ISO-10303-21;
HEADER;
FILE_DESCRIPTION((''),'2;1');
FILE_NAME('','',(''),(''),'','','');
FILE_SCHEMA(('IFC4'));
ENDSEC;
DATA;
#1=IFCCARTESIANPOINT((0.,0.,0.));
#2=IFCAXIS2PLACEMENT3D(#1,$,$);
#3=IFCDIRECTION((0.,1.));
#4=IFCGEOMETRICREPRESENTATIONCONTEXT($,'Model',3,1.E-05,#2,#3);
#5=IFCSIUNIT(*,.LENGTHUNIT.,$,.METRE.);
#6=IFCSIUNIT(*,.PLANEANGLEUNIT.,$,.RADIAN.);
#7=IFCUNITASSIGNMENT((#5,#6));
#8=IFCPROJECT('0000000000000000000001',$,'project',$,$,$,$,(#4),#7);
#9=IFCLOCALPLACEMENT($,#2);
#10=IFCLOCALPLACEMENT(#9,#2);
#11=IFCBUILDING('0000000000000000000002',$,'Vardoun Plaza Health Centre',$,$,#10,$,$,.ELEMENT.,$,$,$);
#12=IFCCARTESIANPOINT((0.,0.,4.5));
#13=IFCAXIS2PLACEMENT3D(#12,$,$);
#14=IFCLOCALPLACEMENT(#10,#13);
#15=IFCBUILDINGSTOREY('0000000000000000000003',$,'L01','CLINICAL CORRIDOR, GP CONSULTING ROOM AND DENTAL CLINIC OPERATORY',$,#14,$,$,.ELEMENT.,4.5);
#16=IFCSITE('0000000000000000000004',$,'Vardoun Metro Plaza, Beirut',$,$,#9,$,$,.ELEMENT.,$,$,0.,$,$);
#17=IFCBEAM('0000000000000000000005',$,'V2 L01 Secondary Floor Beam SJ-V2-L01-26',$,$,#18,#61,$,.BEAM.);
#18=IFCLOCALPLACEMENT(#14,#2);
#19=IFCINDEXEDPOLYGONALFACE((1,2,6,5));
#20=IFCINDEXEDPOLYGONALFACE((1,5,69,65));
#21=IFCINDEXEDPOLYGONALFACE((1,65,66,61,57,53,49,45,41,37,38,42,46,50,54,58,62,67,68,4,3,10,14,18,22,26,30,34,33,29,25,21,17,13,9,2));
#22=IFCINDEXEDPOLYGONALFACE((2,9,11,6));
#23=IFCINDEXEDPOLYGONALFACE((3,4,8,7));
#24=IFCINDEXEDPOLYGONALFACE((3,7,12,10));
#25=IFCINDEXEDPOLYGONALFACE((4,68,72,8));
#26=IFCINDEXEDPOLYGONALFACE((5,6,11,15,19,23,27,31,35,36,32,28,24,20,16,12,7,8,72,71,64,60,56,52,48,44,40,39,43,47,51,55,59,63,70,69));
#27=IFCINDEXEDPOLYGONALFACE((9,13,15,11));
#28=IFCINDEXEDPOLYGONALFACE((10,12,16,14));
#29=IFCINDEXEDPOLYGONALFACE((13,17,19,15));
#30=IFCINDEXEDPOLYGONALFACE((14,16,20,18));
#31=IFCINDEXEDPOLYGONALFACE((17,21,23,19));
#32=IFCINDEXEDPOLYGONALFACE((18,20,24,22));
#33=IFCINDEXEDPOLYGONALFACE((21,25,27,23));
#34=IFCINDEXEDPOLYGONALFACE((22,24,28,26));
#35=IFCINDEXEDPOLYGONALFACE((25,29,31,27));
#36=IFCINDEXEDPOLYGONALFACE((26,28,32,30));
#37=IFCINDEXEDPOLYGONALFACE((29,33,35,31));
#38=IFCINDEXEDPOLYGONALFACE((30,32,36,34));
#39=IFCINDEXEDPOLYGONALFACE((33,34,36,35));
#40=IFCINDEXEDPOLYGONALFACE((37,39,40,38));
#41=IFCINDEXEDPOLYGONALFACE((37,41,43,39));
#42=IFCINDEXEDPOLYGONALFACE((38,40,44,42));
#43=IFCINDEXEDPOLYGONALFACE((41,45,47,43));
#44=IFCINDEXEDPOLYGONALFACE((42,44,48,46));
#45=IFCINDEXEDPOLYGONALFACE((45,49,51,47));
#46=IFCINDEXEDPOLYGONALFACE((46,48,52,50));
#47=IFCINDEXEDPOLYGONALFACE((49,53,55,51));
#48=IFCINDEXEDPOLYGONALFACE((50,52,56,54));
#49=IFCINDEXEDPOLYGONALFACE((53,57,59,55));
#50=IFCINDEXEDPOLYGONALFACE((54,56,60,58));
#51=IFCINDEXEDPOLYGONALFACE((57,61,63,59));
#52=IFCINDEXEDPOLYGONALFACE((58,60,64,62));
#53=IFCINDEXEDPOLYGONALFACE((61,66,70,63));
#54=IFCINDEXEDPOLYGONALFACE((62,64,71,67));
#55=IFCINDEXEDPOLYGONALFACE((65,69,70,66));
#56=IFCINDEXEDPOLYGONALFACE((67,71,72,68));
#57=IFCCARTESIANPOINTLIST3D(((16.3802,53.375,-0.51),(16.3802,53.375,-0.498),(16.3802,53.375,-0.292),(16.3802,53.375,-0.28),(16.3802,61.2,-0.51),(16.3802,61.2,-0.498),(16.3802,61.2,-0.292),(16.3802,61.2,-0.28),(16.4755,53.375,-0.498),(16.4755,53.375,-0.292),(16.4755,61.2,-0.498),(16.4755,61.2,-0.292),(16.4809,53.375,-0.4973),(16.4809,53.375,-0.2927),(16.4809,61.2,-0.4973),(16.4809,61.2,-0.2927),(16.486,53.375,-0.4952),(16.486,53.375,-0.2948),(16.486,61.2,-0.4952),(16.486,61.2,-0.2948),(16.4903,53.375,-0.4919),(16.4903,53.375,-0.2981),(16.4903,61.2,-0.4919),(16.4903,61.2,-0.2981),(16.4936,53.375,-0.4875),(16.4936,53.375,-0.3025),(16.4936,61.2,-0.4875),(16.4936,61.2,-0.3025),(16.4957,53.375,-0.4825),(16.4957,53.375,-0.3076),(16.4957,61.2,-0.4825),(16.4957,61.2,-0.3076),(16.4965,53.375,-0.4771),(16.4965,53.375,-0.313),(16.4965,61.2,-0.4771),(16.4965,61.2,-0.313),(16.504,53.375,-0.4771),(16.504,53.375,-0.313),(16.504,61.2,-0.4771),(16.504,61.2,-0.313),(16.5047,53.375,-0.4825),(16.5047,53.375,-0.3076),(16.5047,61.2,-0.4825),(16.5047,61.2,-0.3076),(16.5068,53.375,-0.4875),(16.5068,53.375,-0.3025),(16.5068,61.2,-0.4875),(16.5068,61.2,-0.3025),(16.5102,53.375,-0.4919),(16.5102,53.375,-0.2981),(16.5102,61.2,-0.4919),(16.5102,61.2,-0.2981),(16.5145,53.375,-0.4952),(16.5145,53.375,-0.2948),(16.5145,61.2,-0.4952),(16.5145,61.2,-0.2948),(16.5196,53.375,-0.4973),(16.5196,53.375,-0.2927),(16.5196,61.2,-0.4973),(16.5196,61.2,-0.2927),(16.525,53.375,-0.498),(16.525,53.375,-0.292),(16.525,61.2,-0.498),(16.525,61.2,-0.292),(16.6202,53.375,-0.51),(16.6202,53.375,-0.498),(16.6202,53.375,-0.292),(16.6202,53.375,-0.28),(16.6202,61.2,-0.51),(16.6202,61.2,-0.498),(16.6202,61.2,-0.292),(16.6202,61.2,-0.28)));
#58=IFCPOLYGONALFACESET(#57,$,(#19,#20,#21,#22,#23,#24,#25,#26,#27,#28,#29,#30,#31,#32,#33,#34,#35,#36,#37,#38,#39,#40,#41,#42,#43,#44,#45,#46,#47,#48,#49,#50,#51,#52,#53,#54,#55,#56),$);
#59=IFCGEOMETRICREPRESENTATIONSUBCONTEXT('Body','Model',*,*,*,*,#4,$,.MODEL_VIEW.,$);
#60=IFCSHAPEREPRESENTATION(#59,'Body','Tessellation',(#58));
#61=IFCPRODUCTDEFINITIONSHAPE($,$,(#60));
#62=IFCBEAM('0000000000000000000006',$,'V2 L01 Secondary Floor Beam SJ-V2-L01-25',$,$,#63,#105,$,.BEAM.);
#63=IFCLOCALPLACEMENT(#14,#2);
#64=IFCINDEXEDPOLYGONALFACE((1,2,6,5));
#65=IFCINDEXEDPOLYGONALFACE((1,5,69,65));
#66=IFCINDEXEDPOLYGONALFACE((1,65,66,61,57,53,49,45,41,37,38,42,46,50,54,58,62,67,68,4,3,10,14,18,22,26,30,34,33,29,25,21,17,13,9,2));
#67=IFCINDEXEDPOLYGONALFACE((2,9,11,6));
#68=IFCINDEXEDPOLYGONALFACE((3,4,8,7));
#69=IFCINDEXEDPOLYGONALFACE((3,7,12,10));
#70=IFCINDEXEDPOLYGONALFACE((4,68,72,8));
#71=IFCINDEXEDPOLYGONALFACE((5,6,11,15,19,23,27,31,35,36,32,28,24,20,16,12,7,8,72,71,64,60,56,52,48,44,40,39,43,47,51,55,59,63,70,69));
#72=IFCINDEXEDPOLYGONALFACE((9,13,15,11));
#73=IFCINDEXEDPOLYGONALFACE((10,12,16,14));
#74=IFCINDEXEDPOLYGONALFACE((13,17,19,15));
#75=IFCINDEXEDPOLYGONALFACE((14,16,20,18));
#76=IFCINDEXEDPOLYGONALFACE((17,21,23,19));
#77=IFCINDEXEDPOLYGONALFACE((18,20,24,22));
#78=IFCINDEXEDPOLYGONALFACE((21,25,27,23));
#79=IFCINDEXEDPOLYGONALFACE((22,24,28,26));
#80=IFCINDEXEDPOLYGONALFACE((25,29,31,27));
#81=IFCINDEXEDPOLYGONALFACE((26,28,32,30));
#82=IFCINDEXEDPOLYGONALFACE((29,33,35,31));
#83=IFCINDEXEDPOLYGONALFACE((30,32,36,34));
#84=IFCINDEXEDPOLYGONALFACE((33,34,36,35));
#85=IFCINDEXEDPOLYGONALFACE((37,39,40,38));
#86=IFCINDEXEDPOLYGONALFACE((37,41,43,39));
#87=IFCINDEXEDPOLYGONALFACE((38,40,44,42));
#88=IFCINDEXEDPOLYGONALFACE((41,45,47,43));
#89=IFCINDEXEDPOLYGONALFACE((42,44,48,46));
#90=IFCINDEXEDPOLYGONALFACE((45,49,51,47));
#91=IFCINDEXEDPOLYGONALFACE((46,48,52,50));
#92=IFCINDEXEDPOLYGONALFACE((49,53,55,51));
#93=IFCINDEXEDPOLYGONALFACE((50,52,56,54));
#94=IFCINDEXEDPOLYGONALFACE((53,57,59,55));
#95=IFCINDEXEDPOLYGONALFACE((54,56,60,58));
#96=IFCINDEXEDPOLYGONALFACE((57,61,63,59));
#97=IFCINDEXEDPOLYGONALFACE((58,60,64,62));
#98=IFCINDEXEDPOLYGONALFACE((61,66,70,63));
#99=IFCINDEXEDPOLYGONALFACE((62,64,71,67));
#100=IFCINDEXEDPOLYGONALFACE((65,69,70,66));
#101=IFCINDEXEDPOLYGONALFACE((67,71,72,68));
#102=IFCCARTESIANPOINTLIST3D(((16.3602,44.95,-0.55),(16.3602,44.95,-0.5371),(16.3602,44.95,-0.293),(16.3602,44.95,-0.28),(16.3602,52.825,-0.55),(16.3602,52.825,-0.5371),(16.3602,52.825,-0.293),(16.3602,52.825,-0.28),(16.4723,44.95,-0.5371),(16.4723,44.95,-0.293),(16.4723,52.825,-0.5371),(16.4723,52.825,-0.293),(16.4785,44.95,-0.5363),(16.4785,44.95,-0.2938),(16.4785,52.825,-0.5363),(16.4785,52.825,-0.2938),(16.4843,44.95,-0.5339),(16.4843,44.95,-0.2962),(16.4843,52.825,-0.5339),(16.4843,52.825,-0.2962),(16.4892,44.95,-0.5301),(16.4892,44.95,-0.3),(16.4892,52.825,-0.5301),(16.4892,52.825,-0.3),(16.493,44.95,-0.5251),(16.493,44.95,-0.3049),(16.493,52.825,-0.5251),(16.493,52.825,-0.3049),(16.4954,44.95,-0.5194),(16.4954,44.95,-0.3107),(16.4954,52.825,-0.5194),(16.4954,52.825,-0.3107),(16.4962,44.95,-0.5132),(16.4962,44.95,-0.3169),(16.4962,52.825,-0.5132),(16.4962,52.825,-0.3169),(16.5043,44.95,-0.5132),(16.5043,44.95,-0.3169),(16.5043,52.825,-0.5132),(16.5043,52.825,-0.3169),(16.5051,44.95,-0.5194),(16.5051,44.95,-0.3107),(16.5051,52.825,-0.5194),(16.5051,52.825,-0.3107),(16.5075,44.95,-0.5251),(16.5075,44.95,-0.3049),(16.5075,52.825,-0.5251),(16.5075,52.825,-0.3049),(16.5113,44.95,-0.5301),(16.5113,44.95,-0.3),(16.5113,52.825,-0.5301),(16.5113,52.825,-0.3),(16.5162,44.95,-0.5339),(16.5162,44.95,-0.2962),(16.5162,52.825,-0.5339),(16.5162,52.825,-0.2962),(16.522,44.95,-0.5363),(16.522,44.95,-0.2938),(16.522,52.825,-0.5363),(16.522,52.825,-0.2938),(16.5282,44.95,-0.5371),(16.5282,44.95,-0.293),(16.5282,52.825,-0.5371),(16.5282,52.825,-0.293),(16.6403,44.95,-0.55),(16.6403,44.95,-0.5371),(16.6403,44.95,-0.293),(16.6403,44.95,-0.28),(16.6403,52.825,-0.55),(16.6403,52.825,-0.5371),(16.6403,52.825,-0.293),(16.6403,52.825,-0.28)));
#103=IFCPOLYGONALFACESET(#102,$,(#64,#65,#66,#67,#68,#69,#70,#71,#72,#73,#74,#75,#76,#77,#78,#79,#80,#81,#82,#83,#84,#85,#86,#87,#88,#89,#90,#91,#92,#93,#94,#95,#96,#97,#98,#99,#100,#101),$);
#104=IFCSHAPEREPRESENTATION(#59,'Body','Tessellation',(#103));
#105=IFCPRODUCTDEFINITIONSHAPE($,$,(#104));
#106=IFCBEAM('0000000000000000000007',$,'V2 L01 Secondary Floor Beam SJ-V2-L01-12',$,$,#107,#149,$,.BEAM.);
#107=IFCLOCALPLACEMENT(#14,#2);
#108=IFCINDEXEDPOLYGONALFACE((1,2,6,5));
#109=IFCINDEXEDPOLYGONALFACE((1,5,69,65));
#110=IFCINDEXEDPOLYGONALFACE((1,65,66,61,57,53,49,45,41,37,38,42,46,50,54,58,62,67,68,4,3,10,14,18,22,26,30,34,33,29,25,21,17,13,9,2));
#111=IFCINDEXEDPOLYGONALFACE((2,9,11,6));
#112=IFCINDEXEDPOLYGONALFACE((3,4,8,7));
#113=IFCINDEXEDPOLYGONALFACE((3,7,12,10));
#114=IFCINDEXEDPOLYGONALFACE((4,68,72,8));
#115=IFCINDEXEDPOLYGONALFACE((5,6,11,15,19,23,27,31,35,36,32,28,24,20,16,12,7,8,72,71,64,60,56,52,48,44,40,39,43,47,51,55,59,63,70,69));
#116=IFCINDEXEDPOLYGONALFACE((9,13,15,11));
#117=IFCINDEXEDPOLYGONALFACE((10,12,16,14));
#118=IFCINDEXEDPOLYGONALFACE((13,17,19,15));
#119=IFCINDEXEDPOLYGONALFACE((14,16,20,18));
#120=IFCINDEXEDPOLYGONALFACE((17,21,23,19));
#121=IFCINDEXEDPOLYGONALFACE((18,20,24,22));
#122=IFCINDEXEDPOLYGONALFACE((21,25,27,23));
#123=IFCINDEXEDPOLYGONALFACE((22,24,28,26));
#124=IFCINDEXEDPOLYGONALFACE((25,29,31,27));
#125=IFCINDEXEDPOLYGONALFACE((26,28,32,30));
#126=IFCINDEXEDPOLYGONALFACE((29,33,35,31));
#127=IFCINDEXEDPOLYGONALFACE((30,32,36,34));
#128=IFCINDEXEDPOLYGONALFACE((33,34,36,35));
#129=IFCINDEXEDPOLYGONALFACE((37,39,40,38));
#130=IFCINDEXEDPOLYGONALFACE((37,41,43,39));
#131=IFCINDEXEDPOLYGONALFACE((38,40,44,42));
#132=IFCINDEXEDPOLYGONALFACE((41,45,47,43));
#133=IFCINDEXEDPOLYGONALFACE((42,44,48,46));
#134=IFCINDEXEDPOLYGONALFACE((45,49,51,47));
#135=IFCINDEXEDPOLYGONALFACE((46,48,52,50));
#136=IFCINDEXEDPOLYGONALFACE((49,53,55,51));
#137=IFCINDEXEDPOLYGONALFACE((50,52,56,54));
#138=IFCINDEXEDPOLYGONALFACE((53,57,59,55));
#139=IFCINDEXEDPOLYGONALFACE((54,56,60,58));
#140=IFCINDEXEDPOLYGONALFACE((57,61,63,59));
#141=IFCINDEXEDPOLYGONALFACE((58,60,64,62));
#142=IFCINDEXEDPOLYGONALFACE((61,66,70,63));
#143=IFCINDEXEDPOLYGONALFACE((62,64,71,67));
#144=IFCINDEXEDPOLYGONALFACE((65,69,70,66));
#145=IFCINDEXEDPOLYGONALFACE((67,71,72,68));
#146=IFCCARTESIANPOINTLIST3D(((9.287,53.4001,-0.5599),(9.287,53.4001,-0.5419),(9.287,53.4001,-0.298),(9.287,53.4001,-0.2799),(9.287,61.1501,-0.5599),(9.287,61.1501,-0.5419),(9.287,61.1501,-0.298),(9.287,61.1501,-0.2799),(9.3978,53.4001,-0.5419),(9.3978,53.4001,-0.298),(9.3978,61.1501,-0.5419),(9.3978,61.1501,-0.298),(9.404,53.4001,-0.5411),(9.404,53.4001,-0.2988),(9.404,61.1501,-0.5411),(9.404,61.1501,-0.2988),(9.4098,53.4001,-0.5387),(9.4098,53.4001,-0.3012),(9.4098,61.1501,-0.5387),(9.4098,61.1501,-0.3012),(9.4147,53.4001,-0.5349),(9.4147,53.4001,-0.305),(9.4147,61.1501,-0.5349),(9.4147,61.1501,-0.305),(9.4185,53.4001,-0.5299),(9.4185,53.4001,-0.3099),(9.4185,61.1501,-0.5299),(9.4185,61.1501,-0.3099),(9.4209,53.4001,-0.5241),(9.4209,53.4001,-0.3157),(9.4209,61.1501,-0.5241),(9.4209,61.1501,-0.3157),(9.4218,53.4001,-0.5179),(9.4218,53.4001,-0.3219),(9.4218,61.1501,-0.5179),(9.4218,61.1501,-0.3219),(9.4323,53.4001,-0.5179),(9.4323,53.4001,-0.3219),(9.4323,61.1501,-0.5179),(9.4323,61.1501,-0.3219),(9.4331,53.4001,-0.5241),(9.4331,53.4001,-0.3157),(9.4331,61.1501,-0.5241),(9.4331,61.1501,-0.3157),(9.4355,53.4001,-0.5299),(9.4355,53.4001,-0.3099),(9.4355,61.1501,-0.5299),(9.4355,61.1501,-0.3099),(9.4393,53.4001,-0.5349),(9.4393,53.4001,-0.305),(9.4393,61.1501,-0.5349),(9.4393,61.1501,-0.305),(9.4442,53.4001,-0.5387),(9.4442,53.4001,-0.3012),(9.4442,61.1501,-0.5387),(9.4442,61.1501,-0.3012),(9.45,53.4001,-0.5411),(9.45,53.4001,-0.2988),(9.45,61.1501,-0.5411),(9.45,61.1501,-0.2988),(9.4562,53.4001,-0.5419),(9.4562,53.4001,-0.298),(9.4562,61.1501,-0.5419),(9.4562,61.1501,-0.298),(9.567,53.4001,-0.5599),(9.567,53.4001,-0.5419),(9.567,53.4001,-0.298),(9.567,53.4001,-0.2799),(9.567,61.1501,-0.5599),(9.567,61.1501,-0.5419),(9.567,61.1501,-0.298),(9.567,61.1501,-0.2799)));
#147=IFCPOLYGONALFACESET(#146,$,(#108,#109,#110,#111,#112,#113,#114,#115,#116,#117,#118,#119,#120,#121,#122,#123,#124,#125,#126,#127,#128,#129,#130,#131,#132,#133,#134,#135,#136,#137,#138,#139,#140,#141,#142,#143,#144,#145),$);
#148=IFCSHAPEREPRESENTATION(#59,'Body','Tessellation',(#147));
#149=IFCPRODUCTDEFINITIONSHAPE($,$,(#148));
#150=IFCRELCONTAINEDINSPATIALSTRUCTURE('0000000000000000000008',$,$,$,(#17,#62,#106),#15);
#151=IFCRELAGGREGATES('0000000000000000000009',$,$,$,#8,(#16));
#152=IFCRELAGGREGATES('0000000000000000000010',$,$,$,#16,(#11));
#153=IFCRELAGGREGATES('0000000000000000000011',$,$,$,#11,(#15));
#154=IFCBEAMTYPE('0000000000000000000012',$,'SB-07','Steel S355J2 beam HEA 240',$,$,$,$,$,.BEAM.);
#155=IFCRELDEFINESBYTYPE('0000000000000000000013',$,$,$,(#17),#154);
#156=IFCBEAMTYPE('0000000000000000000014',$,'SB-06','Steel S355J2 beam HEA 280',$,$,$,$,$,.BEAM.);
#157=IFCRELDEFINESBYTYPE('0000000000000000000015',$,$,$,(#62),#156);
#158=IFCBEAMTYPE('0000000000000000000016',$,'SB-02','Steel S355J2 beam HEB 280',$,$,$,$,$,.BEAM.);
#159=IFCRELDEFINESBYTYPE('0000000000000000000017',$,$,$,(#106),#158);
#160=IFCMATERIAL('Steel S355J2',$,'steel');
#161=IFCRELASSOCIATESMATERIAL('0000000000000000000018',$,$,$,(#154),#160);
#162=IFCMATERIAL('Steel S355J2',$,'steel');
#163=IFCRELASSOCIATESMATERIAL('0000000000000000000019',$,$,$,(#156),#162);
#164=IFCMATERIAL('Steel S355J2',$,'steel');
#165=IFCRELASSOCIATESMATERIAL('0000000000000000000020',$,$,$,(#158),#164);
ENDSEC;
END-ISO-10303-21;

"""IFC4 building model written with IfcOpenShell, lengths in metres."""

from ifc_helpers import new_model, si_unit, direction, frame, origin, origin_2d, place, context, subcontext, project, spatial, i_section, extrude, material, material_profile, profile_set, type_object, element, save


model = new_model("IFC4")

# Units and contexts
model_context = context("Model", 3, precision=1e-05, world=origin(), true_north=direction((0.0, 1.0)))
body_context = subcontext(model_context, "Body", "Model", "MODEL_VIEW")
ifc_project = project(units=[si_unit("LENGTHUNIT", "METRE"), si_unit("PLANEANGLEUNIT", "RADIAN")], contexts=[model_context])

# Site, building, storey
site_placement = place(None, origin())
site = spatial("IfcSite", under=ifc_project, at=site_placement, Name="Vardoun Metro Plaza, Beirut", CompositionType="ELEMENT", RefElevation=0.0)
building_placement = place(site_placement, origin())
building = spatial("IfcBuilding", under=site, at=building_placement, Name="Vardoun Plaza Health Centre", CompositionType="ELEMENT")
storey_placement = place(building_placement, frame((0.0, 0.0, 4.5)))
storey = spatial("IfcBuildingStorey", under=building, at=storey_placement, Name="L01", Description="CLINICAL CORRIDOR, GP CONSULTING ROOM AND DENTAL CLINIC OPERATORY", CompositionType="ELEMENT", Elevation=4.5)

# Beams
ifc_material_1 = material(Name="Steel S355J2", Category="steel")
ifc_material_profile_1 = material_profile(ifc_material_1, i_section(OverallWidth=0.24, OverallDepth=0.23, WebThickness=0.0076, FlangeThickness=0.012, FilletRadius=0.021, at=origin_2d()), Name="HEA 240")
ifc_profile_set_1 = profile_set([ifc_material_profile_1], Name="Steel S355J2")
beam_type_1 = type_object("IfcBeamType", Name="SB-07", Description="Steel S355J2 beam HEA 240", PredefinedType="BEAM", material=ifc_profile_set_1)
beam_1_placement = place(storey_placement, frame((16.5002, 53.375, -0.395), z_axis=(0.0, 1.0, 0.0), x_axis=(-1.0, 0.0, 0.0)))
element("IfcBeam", 1, at=beam_1_placement, inside=storey, type_object=beam_type_1, Name="V2 L01 Secondary Floor Beam SJ-V2-L01-26", PredefinedType="BEAM", context=body_context, shape_type="SweptSolid", body=[
    extrude(i_section(OverallWidth=0.24, OverallDepth=0.23, WebThickness=0.0076, FlangeThickness=0.012, FilletRadius=0.021, at=origin_2d()), origin(), (0.0, 0.0, 1.0), 7.825),
])
ifc_material_2 = material(Name="Steel S355J2", Category="steel")
ifc_material_profile_2 = material_profile(ifc_material_2, i_section(OverallWidth=0.28, OverallDepth=0.27, WebThickness=0.0081, FlangeThickness=0.0129, FilletRadius=0.0239, at=origin_2d()), Name="HEA 280")
ifc_profile_set_2 = profile_set([ifc_material_profile_2], Name="Steel S355J2")
beam_type_2 = type_object("IfcBeamType", Name="SB-06", Description="Steel S355J2 beam HEA 280", PredefinedType="BEAM", material=ifc_profile_set_2)
beam_2_placement = place(storey_placement, frame((16.5002, 44.95, -0.415), z_axis=(0.0, 1.0, 0.0), x_axis=(-1.0, 0.0, 0.0)))
element("IfcBeam", 2, at=beam_2_placement, inside=storey, type_object=beam_type_2, Name="V2 L01 Secondary Floor Beam SJ-V2-L01-25", PredefinedType="BEAM", context=body_context, shape_type="SweptSolid", body=[
    extrude(i_section(OverallWidth=0.28, OverallDepth=0.27, WebThickness=0.0081, FlangeThickness=0.0129, FilletRadius=0.0239, at=origin_2d()), origin(), (0.0, 0.0, 1.0), 7.875),
])
ifc_material_3 = material(Name="Steel S355J2", Category="steel")
ifc_material_profile_3 = material_profile(ifc_material_3, i_section(OverallWidth=0.28, OverallDepth=0.28, WebThickness=0.0105, FlangeThickness=0.0181, FilletRadius=0.0239, at=origin_2d()), Name="HEB 280")
ifc_profile_set_3 = profile_set([ifc_material_profile_3], Name="Steel S355J2")
beam_type_3 = type_object("IfcBeamType", Name="SB-02", Description="Steel S355J2 beam HEB 280", PredefinedType="BEAM", material=ifc_profile_set_3)
beam_3_placement = place(storey_placement, frame((9.427, 53.4001, -0.4199), z_axis=(0.0, 1.0, 0.0), x_axis=(-1.0, 0.0, 0.0)))
element("IfcBeam", 3, at=beam_3_placement, inside=storey, type_object=beam_type_3, Name="V2 L01 Secondary Floor Beam SJ-V2-L01-12", PredefinedType="BEAM", context=body_context, shape_type="SweptSolid", body=[
    extrude(i_section(OverallWidth=0.28, OverallDepth=0.28, WebThickness=0.0105, FlangeThickness=0.0181, FilletRadius=0.0239, at=origin_2d()), origin(), (0.0, 0.0, 1.0), 7.75),
])

save(model, "model.ifc")
